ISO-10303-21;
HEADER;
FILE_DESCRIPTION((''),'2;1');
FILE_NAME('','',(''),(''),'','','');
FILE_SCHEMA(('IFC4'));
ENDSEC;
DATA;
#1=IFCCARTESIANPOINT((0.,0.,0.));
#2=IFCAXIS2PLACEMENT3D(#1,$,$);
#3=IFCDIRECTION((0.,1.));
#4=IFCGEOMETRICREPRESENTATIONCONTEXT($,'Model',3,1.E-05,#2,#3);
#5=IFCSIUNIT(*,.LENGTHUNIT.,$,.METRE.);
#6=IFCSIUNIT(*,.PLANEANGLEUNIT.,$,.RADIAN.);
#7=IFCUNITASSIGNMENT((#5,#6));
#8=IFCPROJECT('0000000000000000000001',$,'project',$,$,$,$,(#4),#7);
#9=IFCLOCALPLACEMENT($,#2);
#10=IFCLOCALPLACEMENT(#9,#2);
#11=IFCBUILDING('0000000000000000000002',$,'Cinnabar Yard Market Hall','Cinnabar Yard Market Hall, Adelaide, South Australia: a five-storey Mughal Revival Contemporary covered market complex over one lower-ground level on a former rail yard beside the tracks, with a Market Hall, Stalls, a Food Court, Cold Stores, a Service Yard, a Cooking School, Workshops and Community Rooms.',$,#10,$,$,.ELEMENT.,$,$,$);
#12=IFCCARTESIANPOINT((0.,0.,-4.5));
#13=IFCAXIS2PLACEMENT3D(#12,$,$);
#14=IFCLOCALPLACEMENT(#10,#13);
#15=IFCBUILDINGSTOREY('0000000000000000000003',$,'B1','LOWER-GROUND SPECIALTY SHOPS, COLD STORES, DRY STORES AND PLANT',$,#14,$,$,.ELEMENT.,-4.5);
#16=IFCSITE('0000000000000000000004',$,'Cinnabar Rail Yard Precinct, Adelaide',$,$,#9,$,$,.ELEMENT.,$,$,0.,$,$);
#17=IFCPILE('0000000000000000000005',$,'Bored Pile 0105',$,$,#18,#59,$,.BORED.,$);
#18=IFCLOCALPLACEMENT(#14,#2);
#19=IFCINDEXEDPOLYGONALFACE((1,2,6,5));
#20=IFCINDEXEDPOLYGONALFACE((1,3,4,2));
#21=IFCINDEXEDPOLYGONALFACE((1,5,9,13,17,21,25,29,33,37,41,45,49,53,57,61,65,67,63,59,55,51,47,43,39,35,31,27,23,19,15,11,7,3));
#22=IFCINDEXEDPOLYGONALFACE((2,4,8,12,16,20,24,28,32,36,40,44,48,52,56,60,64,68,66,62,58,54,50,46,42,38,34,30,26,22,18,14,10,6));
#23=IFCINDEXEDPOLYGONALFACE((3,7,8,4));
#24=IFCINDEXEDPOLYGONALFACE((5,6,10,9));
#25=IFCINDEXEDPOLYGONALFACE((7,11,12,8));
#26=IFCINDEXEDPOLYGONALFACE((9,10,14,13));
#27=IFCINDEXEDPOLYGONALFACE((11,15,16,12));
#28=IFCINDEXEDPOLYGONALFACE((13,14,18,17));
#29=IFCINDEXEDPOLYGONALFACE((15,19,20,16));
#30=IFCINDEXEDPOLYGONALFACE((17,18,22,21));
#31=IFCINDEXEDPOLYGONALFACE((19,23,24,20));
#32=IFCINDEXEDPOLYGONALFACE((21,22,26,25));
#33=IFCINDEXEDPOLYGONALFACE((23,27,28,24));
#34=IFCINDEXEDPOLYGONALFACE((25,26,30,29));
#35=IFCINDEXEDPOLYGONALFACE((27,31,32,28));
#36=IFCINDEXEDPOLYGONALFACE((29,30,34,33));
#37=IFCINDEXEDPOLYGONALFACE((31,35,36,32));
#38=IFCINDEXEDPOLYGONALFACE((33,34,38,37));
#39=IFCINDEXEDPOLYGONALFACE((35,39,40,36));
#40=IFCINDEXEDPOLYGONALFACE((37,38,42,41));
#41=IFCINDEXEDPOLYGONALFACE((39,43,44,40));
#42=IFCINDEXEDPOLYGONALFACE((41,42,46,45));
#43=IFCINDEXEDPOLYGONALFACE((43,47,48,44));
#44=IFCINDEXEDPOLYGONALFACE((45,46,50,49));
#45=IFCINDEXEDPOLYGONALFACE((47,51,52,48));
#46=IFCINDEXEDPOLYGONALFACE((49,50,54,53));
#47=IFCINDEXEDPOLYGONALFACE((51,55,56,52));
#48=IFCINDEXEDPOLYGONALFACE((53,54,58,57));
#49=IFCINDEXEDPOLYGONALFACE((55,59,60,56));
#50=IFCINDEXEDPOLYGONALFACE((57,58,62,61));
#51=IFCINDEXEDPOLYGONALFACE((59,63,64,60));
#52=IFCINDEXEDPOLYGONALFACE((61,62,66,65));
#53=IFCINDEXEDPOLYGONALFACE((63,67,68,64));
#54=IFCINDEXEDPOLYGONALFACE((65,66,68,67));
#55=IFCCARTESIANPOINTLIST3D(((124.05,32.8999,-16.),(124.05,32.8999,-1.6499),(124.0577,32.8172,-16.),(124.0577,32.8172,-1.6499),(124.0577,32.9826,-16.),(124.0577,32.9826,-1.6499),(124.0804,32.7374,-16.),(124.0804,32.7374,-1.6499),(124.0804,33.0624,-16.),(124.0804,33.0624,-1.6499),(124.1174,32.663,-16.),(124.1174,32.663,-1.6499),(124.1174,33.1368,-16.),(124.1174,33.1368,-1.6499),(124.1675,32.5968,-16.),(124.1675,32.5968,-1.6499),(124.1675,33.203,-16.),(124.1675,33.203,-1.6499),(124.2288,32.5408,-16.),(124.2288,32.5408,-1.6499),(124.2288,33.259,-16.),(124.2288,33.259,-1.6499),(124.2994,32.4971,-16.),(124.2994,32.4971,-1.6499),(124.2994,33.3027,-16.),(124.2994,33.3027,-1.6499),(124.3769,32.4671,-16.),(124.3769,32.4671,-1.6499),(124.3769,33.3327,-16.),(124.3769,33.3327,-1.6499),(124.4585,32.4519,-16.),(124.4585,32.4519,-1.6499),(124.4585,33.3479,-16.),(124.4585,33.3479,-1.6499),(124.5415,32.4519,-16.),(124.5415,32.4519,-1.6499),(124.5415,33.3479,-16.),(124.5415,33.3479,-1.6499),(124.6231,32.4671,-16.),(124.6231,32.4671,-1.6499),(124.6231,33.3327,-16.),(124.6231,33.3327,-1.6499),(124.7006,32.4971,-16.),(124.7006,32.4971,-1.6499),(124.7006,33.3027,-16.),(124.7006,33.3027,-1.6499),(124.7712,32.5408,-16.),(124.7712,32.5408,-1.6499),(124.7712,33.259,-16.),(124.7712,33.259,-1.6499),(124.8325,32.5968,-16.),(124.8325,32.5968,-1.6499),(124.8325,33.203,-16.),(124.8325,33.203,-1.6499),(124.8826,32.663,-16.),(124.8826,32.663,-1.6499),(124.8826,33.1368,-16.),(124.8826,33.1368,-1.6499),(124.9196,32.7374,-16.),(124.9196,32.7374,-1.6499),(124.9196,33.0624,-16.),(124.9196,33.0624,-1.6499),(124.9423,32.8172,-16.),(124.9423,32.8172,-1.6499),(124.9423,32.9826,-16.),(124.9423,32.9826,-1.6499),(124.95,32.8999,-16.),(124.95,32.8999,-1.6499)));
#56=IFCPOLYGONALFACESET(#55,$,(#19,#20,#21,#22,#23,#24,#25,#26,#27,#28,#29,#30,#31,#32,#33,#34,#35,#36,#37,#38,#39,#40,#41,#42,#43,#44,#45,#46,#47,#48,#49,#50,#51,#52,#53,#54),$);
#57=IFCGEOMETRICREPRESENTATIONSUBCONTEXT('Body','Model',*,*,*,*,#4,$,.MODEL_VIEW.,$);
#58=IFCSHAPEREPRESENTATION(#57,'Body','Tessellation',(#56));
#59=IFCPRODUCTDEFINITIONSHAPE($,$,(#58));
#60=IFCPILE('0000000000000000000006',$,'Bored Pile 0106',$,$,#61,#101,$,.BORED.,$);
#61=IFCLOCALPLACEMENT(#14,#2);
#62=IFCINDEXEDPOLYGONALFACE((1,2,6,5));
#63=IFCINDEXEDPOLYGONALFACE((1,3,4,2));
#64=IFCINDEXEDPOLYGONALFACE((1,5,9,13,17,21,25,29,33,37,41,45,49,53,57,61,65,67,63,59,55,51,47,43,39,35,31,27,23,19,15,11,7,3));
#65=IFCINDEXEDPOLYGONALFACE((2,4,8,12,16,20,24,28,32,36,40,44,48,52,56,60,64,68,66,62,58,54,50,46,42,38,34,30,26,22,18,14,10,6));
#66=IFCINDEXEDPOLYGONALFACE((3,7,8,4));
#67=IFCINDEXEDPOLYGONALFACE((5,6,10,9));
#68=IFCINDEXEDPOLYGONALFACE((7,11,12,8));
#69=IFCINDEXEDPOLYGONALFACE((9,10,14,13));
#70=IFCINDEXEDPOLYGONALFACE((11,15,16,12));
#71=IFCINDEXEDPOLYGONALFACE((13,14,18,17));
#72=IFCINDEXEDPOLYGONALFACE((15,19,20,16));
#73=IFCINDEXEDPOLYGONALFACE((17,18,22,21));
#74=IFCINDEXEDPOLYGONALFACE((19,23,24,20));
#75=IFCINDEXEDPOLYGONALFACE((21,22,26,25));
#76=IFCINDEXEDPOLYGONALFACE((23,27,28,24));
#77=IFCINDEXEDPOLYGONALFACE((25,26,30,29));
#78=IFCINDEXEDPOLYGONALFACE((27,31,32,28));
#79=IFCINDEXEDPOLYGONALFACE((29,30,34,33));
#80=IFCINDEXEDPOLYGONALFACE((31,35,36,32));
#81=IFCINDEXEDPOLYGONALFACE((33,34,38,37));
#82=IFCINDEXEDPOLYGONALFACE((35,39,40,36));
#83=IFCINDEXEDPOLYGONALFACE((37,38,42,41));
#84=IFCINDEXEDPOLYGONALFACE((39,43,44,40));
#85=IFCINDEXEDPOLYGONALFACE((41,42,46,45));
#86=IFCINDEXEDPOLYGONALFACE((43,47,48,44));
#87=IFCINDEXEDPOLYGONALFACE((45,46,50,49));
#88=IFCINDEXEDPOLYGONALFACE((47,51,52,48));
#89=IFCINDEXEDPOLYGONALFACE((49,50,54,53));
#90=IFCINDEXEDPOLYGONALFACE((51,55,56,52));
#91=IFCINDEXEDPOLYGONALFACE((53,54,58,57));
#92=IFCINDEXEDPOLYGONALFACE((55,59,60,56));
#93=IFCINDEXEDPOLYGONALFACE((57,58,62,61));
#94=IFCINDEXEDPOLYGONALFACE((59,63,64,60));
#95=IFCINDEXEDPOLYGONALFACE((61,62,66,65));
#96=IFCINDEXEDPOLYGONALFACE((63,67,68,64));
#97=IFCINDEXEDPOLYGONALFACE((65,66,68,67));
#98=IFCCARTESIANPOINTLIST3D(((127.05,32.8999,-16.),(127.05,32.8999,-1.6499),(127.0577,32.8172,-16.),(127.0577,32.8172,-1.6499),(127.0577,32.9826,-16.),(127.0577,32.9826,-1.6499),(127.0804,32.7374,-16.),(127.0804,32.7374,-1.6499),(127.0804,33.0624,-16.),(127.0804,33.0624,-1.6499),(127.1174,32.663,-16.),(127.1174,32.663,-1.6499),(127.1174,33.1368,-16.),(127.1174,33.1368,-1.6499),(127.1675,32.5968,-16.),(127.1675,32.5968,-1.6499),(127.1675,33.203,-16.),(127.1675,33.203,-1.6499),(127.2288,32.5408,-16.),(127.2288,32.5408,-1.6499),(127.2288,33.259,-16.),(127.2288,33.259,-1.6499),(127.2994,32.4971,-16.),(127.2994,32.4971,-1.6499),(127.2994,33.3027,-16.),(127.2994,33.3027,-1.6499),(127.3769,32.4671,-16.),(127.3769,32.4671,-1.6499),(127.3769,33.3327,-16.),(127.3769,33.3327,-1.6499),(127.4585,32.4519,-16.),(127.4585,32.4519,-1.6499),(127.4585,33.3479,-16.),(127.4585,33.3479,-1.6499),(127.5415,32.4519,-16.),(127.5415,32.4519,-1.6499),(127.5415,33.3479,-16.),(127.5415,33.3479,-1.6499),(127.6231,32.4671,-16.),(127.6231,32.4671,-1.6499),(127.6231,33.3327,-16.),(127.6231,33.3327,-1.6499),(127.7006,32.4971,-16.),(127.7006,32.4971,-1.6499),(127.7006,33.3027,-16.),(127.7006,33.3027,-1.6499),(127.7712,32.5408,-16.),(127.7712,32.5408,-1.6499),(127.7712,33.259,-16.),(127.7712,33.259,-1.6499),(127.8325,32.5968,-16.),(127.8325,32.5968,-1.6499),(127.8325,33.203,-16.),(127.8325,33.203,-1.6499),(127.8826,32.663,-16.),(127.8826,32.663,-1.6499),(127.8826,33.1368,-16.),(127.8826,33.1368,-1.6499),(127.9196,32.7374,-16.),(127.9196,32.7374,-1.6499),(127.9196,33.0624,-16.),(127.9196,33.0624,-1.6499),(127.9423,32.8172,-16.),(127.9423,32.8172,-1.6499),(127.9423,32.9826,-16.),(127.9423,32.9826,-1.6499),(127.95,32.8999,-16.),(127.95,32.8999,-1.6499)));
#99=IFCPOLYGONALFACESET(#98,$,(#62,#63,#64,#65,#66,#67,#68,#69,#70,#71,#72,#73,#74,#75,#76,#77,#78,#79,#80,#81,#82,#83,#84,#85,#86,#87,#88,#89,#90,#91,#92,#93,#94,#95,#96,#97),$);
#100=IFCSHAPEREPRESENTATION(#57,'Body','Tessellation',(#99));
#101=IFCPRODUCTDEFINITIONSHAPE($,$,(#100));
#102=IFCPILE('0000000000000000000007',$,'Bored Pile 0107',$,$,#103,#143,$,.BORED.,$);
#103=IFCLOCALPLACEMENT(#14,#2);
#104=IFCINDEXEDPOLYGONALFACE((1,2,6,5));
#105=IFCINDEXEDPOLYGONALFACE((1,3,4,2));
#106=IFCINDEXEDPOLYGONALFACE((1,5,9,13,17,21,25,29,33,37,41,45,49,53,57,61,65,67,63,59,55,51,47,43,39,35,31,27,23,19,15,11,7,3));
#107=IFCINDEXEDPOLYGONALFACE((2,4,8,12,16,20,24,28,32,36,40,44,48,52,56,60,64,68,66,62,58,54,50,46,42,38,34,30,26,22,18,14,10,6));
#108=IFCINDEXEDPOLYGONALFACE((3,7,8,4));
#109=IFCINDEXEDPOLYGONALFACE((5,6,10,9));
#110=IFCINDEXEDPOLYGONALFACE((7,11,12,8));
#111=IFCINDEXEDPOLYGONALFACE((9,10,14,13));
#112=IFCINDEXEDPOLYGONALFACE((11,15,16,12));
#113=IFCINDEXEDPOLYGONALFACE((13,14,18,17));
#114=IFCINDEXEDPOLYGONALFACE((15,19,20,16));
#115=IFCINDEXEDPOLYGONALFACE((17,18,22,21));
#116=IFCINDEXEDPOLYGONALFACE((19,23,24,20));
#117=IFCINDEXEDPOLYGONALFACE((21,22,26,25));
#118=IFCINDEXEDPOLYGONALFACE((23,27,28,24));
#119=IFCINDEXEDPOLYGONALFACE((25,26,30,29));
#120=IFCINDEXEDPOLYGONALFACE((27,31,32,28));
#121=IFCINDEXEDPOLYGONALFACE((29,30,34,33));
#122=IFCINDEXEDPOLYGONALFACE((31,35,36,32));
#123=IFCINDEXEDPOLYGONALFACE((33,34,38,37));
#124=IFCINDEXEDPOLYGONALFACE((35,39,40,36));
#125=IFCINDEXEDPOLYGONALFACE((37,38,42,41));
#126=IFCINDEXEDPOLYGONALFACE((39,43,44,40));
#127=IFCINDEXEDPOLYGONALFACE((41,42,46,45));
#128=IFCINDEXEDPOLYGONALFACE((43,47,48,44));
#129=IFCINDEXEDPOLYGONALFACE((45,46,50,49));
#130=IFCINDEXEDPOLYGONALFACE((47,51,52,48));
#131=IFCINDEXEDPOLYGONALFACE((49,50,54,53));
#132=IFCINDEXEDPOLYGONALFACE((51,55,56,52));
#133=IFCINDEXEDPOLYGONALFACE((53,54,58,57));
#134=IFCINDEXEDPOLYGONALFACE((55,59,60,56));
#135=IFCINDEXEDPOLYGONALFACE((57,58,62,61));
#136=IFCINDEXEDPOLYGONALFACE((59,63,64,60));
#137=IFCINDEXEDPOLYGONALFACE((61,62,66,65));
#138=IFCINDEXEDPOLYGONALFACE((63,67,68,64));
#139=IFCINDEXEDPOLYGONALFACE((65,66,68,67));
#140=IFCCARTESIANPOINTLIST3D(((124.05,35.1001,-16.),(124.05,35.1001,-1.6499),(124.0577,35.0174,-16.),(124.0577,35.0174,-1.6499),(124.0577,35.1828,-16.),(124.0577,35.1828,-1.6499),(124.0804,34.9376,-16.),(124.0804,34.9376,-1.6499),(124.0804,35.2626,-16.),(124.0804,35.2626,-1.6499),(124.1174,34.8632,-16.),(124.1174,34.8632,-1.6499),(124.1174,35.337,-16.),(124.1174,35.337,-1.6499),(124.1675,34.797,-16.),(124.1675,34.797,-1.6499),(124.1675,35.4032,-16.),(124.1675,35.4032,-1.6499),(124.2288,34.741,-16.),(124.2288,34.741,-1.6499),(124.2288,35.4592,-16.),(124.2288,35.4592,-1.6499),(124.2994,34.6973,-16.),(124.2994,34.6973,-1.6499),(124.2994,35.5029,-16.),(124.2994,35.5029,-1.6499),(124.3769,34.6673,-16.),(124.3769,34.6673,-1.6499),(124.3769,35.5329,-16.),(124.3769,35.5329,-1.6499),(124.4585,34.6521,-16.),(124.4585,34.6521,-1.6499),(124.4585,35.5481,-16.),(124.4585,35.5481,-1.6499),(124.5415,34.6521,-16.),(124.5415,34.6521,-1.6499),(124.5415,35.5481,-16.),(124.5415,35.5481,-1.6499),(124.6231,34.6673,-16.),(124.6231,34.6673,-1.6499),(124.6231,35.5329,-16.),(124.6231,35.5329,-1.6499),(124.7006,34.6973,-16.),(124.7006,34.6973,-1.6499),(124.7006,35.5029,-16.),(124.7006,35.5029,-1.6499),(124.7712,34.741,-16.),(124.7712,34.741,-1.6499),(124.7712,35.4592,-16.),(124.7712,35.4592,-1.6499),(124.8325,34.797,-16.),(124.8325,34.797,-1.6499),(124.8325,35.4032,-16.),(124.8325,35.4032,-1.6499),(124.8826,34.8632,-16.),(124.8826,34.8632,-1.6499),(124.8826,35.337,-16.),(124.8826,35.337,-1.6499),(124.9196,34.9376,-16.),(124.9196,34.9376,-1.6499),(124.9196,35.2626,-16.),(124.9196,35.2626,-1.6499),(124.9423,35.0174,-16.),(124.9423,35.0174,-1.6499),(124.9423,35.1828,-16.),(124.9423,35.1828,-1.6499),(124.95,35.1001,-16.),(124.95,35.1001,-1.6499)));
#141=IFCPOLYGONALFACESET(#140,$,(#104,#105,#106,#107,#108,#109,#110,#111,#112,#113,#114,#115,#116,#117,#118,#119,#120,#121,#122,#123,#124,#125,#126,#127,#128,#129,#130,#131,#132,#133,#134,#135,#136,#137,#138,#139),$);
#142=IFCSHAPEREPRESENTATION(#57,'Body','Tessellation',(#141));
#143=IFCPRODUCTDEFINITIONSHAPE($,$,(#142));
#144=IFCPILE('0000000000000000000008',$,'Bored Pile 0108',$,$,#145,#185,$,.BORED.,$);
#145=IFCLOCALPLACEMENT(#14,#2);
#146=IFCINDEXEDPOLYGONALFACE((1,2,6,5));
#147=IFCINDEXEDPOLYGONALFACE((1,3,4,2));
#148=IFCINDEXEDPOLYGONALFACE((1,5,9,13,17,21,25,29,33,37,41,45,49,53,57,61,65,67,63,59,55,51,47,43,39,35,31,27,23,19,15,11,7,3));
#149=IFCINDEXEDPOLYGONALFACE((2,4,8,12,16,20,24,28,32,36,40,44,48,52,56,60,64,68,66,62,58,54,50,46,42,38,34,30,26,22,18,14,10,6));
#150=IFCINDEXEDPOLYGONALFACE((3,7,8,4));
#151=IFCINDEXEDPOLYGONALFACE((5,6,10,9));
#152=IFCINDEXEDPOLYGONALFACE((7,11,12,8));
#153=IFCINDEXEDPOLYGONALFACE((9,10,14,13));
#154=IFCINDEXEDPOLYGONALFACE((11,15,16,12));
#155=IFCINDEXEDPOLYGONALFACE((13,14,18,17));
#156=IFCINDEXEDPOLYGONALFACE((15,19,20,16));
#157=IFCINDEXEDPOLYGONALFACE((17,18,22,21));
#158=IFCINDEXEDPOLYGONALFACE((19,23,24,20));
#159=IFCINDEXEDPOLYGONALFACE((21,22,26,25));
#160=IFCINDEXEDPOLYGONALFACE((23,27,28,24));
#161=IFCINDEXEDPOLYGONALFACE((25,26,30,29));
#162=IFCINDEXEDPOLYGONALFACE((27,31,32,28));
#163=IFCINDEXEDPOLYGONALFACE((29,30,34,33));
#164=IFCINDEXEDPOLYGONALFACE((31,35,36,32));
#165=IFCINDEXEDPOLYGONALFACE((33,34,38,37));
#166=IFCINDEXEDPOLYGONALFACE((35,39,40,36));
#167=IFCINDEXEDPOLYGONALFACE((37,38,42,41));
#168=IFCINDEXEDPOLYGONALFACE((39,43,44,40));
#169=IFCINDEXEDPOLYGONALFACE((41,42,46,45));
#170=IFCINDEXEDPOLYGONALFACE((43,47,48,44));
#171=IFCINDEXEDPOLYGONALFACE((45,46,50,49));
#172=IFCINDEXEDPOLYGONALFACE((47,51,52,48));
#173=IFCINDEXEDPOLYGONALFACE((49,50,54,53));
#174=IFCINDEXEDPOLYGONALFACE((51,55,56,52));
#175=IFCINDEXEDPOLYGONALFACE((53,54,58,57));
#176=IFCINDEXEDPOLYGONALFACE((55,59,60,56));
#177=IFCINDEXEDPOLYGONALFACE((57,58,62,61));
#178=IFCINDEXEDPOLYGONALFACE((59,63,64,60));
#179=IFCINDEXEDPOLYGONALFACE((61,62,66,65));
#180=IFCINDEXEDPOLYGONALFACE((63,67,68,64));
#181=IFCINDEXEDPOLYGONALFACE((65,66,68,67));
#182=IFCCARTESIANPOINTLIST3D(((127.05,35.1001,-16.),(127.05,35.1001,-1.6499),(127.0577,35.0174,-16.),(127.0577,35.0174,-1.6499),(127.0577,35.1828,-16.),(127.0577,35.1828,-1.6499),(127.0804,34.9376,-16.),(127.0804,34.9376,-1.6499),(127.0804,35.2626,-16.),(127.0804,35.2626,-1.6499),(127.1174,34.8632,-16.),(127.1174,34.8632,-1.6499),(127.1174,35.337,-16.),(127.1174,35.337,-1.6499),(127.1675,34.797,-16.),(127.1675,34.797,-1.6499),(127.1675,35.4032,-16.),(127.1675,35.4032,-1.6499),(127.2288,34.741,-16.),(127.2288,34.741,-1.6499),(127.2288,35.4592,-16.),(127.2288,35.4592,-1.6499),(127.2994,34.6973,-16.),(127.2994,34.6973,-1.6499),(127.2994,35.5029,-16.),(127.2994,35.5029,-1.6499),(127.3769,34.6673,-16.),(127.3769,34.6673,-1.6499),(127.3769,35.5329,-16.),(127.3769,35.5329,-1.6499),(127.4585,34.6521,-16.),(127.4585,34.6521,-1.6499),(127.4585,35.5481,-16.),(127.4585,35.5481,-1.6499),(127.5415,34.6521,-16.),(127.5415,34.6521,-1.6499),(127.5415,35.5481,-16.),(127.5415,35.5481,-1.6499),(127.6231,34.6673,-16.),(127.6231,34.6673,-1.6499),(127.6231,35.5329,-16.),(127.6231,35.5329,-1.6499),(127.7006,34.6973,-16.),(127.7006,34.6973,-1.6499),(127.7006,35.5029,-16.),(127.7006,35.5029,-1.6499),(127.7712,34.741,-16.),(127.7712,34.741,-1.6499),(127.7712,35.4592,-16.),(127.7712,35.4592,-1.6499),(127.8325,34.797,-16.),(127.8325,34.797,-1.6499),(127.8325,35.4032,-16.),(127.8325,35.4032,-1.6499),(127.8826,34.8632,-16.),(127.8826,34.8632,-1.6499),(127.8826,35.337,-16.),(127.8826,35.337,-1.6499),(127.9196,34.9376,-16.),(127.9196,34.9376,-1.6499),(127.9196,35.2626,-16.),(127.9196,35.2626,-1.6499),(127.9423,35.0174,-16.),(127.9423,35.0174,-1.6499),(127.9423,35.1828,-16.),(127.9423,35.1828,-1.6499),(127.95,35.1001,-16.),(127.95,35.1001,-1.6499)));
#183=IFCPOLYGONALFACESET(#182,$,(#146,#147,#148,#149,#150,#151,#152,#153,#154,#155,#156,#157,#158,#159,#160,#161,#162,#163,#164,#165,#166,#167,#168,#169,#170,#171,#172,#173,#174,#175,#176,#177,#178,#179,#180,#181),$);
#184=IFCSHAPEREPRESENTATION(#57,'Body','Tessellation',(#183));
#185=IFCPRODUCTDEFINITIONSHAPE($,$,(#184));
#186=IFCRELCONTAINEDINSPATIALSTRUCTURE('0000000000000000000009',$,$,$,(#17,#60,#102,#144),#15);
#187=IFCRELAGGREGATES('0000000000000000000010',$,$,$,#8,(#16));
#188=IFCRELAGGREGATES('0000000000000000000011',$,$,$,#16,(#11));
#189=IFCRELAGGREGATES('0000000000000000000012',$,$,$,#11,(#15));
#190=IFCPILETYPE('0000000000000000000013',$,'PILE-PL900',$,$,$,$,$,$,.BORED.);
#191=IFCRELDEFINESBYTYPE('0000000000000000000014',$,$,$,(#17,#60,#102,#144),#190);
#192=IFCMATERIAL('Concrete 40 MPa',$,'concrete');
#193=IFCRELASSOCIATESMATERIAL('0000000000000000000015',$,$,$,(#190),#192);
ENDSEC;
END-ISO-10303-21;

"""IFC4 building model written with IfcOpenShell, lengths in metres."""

from ifc_helpers import new_model, si_unit, direction, frame, origin, origin_2d_with_axis, place, context, subcontext, project, spatial, circle, extrude, material, material_profile, profile_set, type_object, element, save


model = new_model("IFC4")

# Units and contexts
model_context = context("Model", 3, precision=1e-05, world=origin(), true_north=direction((0.0, 1.0)))
body_context = subcontext(model_context, "Body", "Model", "MODEL_VIEW")
ifc_project = project(units=[si_unit("LENGTHUNIT", "METRE"), si_unit("PLANEANGLEUNIT", "RADIAN")], contexts=[model_context])

# Site, building, storey
site_placement = place(None, origin())
site = spatial("IfcSite", under=ifc_project, at=site_placement, Name="Cinnabar Rail Yard Precinct, Adelaide", CompositionType="ELEMENT", RefElevation=0.0)
building_placement = place(site_placement, origin())
building = spatial("IfcBuilding", under=site, at=building_placement, Name="Cinnabar Yard Market Hall", Description="Cinnabar Yard Market Hall, Adelaide, South Australia: a five-storey Mughal Revival Contemporary covered market complex over one lower-ground level on a former rail yard beside the tracks, with a Market Hall, Stalls, a Food Court, Cold Stores, a Service Yard, a Cooking School, Workshops and Community Rooms.", CompositionType="ELEMENT")
storey_placement = place(building_placement, frame((0.0, 0.0, -4.5)))
storey = spatial("IfcBuildingStorey", under=building, at=storey_placement, Name="B1", Description="LOWER-GROUND SPECIALTY SHOPS, COLD STORES, DRY STORES AND PLANT", CompositionType="ELEMENT", Elevation=-4.5)

# Shared definitions
ifc_material_1 = material(Name="Concrete 40 MPa", Category="concrete")

# Piles
ifc_material_profile_1 = material_profile(ifc_material_1, circle(Radius=0.45, at=origin_2d_with_axis()), Name="PILE-D900")
ifc_profile_set_1 = profile_set([ifc_material_profile_1], Name="Concrete 40 MPa")
pile_type = type_object("IfcPileType", Name="PILE-PL900", PredefinedType="BORED", material=ifc_profile_set_1)
for number, where, z_axis, x_axis, name in (
    (1, (124.5, 32.8999, -1.6499), (0.0, 0.0, -1.0), (1.0, 0.0, 0.0), "Bored Pile 0105"),
    (2, (127.5, 32.8999, -1.6499), (0.0, 0.0, -1.0), (1.0, 0.0, 0.0), "Bored Pile 0106"),
    (3, (124.5, 35.1001, -1.6499), (0.0, 0.0, -1.0), (1.0, 0.0, 0.0), "Bored Pile 0107"),
    (4, (127.5, 35.1001, -1.6499), (0.0, 0.0, -1.0), (1.0, 0.0, 0.0), "Bored Pile 0108"),
):
    element("IfcPile", number, at=place(storey_placement, frame(where, z_axis=z_axis, x_axis=x_axis)), inside=storey, type_object=pile_type, Name=name, PredefinedType="BORED", context=body_context, shape_type="SweptSolid", body=[
        extrude(circle(Radius=0.45, at=origin_2d_with_axis()), origin(), (0.0, 0.0, 1.0), 14.3501),
    ])

save(model, "model.ifc")
